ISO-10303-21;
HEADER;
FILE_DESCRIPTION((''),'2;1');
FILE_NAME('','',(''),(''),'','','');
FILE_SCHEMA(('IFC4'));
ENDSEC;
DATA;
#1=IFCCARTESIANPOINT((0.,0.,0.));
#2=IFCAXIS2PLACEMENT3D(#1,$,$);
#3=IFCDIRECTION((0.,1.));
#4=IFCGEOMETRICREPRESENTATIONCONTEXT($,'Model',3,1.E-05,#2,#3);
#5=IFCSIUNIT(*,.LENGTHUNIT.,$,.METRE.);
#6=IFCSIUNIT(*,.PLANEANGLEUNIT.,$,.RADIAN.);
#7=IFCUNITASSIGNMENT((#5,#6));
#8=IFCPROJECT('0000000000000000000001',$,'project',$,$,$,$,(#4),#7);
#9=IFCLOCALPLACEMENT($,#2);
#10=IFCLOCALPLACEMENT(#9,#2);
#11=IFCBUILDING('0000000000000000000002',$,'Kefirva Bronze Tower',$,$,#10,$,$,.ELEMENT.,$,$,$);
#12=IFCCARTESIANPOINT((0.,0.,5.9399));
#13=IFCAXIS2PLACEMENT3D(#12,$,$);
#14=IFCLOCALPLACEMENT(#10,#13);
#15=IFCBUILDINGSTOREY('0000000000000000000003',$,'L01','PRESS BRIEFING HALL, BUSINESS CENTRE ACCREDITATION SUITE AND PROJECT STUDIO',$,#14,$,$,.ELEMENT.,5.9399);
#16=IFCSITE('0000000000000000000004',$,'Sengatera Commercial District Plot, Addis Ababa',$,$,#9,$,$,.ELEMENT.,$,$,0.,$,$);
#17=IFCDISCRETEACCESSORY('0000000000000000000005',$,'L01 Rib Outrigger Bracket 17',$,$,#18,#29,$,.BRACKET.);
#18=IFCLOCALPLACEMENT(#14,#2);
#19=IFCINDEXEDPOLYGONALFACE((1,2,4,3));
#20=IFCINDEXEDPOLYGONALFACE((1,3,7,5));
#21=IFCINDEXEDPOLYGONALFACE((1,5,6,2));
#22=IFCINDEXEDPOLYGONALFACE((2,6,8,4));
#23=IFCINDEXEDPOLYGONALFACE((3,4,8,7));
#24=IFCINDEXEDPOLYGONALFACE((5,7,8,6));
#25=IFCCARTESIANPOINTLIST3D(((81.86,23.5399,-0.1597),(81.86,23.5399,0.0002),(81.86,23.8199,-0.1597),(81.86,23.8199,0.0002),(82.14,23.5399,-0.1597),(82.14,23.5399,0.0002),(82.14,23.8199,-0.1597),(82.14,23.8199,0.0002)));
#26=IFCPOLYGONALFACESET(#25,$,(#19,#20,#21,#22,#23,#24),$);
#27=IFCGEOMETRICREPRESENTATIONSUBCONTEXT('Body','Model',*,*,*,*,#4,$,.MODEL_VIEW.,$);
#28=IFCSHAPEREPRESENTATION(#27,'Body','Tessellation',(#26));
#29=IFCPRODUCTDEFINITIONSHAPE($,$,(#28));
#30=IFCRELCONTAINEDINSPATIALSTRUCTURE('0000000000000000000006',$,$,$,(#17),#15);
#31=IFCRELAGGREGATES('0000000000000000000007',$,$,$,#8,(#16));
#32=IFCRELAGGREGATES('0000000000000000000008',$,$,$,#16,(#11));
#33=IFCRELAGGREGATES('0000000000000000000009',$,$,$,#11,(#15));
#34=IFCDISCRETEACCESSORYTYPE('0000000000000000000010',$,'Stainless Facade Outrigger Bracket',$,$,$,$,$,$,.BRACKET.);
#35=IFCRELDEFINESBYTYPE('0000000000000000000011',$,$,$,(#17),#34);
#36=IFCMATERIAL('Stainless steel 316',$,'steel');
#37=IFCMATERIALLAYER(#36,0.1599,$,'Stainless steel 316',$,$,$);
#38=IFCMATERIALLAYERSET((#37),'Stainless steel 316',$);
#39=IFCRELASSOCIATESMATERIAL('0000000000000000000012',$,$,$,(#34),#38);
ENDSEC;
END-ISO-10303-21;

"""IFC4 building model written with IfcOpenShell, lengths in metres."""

from ifc_helpers import new_model, si_unit, direction, frame, origin, origin_2d, place, context, subcontext, project, spatial, rectangle, extrude, material, layer, layer_set, type_object, element, save


model = new_model("IFC4")

# Units and contexts
model_context = context("Model", 3, precision=1e-05, world=origin(), true_north=direction((0.0, 1.0)))
body_context = subcontext(model_context, "Body", "Model", "MODEL_VIEW")
ifc_project = project(units=[si_unit("LENGTHUNIT", "METRE"), si_unit("PLANEANGLEUNIT", "RADIAN")], contexts=[model_context])

# Site, building, storey
site_placement = place(None, origin())
site = spatial("IfcSite", under=ifc_project, at=site_placement, Name="Sengatera Commercial District Plot, Addis Ababa", CompositionType="ELEMENT", RefElevation=0.0)
building_placement = place(site_placement, origin())
building = spatial("IfcBuilding", under=site, at=building_placement, Name="Kefirva Bronze Tower", CompositionType="ELEMENT")
storey_placement = place(building_placement, frame((0.0, 0.0, 5.9399)))
storey = spatial("IfcBuildingStorey", under=building, at=storey_placement, Name="L01", Description="PRESS BRIEFING HALL, BUSINESS CENTRE ACCREDITATION SUITE AND PROJECT STUDIO", CompositionType="ELEMENT", Elevation=5.9399)

# Discrete accessory
ifc_material_1 = material(Name="Stainless steel 316", Category="steel")
ifc_layer_1 = layer(ifc_material_1, 0.1599, Name="Stainless steel 316")
ifc_layer_set_1 = layer_set([ifc_layer_1], Name="Stainless steel 316")
discrete_accessory_type = type_object("IfcDiscreteAccessoryType", Name="Stainless Facade Outrigger Bracket", PredefinedType="BRACKET", material=ifc_layer_set_1)
discrete_accessory_1_placement = place(storey_placement, frame((82.0, 23.6799, -0.1597), z_axis=(0.0, 0.0, 1.0), x_axis=(0.0, 1.0, 0.0)))
element("IfcDiscreteAccessory", 1, at=discrete_accessory_1_placement, inside=storey, type_object=discrete_accessory_type, Name="L01 Rib Outrigger Bracket 17", PredefinedType="BRACKET", context=body_context, shape_type="SweptSolid", body=[
    extrude(rectangle(XDim=0.28, YDim=0.28, at=origin_2d()), origin(), (0.0, 0.0, 1.0), 0.1599),
])

save(model, "model.ifc")
